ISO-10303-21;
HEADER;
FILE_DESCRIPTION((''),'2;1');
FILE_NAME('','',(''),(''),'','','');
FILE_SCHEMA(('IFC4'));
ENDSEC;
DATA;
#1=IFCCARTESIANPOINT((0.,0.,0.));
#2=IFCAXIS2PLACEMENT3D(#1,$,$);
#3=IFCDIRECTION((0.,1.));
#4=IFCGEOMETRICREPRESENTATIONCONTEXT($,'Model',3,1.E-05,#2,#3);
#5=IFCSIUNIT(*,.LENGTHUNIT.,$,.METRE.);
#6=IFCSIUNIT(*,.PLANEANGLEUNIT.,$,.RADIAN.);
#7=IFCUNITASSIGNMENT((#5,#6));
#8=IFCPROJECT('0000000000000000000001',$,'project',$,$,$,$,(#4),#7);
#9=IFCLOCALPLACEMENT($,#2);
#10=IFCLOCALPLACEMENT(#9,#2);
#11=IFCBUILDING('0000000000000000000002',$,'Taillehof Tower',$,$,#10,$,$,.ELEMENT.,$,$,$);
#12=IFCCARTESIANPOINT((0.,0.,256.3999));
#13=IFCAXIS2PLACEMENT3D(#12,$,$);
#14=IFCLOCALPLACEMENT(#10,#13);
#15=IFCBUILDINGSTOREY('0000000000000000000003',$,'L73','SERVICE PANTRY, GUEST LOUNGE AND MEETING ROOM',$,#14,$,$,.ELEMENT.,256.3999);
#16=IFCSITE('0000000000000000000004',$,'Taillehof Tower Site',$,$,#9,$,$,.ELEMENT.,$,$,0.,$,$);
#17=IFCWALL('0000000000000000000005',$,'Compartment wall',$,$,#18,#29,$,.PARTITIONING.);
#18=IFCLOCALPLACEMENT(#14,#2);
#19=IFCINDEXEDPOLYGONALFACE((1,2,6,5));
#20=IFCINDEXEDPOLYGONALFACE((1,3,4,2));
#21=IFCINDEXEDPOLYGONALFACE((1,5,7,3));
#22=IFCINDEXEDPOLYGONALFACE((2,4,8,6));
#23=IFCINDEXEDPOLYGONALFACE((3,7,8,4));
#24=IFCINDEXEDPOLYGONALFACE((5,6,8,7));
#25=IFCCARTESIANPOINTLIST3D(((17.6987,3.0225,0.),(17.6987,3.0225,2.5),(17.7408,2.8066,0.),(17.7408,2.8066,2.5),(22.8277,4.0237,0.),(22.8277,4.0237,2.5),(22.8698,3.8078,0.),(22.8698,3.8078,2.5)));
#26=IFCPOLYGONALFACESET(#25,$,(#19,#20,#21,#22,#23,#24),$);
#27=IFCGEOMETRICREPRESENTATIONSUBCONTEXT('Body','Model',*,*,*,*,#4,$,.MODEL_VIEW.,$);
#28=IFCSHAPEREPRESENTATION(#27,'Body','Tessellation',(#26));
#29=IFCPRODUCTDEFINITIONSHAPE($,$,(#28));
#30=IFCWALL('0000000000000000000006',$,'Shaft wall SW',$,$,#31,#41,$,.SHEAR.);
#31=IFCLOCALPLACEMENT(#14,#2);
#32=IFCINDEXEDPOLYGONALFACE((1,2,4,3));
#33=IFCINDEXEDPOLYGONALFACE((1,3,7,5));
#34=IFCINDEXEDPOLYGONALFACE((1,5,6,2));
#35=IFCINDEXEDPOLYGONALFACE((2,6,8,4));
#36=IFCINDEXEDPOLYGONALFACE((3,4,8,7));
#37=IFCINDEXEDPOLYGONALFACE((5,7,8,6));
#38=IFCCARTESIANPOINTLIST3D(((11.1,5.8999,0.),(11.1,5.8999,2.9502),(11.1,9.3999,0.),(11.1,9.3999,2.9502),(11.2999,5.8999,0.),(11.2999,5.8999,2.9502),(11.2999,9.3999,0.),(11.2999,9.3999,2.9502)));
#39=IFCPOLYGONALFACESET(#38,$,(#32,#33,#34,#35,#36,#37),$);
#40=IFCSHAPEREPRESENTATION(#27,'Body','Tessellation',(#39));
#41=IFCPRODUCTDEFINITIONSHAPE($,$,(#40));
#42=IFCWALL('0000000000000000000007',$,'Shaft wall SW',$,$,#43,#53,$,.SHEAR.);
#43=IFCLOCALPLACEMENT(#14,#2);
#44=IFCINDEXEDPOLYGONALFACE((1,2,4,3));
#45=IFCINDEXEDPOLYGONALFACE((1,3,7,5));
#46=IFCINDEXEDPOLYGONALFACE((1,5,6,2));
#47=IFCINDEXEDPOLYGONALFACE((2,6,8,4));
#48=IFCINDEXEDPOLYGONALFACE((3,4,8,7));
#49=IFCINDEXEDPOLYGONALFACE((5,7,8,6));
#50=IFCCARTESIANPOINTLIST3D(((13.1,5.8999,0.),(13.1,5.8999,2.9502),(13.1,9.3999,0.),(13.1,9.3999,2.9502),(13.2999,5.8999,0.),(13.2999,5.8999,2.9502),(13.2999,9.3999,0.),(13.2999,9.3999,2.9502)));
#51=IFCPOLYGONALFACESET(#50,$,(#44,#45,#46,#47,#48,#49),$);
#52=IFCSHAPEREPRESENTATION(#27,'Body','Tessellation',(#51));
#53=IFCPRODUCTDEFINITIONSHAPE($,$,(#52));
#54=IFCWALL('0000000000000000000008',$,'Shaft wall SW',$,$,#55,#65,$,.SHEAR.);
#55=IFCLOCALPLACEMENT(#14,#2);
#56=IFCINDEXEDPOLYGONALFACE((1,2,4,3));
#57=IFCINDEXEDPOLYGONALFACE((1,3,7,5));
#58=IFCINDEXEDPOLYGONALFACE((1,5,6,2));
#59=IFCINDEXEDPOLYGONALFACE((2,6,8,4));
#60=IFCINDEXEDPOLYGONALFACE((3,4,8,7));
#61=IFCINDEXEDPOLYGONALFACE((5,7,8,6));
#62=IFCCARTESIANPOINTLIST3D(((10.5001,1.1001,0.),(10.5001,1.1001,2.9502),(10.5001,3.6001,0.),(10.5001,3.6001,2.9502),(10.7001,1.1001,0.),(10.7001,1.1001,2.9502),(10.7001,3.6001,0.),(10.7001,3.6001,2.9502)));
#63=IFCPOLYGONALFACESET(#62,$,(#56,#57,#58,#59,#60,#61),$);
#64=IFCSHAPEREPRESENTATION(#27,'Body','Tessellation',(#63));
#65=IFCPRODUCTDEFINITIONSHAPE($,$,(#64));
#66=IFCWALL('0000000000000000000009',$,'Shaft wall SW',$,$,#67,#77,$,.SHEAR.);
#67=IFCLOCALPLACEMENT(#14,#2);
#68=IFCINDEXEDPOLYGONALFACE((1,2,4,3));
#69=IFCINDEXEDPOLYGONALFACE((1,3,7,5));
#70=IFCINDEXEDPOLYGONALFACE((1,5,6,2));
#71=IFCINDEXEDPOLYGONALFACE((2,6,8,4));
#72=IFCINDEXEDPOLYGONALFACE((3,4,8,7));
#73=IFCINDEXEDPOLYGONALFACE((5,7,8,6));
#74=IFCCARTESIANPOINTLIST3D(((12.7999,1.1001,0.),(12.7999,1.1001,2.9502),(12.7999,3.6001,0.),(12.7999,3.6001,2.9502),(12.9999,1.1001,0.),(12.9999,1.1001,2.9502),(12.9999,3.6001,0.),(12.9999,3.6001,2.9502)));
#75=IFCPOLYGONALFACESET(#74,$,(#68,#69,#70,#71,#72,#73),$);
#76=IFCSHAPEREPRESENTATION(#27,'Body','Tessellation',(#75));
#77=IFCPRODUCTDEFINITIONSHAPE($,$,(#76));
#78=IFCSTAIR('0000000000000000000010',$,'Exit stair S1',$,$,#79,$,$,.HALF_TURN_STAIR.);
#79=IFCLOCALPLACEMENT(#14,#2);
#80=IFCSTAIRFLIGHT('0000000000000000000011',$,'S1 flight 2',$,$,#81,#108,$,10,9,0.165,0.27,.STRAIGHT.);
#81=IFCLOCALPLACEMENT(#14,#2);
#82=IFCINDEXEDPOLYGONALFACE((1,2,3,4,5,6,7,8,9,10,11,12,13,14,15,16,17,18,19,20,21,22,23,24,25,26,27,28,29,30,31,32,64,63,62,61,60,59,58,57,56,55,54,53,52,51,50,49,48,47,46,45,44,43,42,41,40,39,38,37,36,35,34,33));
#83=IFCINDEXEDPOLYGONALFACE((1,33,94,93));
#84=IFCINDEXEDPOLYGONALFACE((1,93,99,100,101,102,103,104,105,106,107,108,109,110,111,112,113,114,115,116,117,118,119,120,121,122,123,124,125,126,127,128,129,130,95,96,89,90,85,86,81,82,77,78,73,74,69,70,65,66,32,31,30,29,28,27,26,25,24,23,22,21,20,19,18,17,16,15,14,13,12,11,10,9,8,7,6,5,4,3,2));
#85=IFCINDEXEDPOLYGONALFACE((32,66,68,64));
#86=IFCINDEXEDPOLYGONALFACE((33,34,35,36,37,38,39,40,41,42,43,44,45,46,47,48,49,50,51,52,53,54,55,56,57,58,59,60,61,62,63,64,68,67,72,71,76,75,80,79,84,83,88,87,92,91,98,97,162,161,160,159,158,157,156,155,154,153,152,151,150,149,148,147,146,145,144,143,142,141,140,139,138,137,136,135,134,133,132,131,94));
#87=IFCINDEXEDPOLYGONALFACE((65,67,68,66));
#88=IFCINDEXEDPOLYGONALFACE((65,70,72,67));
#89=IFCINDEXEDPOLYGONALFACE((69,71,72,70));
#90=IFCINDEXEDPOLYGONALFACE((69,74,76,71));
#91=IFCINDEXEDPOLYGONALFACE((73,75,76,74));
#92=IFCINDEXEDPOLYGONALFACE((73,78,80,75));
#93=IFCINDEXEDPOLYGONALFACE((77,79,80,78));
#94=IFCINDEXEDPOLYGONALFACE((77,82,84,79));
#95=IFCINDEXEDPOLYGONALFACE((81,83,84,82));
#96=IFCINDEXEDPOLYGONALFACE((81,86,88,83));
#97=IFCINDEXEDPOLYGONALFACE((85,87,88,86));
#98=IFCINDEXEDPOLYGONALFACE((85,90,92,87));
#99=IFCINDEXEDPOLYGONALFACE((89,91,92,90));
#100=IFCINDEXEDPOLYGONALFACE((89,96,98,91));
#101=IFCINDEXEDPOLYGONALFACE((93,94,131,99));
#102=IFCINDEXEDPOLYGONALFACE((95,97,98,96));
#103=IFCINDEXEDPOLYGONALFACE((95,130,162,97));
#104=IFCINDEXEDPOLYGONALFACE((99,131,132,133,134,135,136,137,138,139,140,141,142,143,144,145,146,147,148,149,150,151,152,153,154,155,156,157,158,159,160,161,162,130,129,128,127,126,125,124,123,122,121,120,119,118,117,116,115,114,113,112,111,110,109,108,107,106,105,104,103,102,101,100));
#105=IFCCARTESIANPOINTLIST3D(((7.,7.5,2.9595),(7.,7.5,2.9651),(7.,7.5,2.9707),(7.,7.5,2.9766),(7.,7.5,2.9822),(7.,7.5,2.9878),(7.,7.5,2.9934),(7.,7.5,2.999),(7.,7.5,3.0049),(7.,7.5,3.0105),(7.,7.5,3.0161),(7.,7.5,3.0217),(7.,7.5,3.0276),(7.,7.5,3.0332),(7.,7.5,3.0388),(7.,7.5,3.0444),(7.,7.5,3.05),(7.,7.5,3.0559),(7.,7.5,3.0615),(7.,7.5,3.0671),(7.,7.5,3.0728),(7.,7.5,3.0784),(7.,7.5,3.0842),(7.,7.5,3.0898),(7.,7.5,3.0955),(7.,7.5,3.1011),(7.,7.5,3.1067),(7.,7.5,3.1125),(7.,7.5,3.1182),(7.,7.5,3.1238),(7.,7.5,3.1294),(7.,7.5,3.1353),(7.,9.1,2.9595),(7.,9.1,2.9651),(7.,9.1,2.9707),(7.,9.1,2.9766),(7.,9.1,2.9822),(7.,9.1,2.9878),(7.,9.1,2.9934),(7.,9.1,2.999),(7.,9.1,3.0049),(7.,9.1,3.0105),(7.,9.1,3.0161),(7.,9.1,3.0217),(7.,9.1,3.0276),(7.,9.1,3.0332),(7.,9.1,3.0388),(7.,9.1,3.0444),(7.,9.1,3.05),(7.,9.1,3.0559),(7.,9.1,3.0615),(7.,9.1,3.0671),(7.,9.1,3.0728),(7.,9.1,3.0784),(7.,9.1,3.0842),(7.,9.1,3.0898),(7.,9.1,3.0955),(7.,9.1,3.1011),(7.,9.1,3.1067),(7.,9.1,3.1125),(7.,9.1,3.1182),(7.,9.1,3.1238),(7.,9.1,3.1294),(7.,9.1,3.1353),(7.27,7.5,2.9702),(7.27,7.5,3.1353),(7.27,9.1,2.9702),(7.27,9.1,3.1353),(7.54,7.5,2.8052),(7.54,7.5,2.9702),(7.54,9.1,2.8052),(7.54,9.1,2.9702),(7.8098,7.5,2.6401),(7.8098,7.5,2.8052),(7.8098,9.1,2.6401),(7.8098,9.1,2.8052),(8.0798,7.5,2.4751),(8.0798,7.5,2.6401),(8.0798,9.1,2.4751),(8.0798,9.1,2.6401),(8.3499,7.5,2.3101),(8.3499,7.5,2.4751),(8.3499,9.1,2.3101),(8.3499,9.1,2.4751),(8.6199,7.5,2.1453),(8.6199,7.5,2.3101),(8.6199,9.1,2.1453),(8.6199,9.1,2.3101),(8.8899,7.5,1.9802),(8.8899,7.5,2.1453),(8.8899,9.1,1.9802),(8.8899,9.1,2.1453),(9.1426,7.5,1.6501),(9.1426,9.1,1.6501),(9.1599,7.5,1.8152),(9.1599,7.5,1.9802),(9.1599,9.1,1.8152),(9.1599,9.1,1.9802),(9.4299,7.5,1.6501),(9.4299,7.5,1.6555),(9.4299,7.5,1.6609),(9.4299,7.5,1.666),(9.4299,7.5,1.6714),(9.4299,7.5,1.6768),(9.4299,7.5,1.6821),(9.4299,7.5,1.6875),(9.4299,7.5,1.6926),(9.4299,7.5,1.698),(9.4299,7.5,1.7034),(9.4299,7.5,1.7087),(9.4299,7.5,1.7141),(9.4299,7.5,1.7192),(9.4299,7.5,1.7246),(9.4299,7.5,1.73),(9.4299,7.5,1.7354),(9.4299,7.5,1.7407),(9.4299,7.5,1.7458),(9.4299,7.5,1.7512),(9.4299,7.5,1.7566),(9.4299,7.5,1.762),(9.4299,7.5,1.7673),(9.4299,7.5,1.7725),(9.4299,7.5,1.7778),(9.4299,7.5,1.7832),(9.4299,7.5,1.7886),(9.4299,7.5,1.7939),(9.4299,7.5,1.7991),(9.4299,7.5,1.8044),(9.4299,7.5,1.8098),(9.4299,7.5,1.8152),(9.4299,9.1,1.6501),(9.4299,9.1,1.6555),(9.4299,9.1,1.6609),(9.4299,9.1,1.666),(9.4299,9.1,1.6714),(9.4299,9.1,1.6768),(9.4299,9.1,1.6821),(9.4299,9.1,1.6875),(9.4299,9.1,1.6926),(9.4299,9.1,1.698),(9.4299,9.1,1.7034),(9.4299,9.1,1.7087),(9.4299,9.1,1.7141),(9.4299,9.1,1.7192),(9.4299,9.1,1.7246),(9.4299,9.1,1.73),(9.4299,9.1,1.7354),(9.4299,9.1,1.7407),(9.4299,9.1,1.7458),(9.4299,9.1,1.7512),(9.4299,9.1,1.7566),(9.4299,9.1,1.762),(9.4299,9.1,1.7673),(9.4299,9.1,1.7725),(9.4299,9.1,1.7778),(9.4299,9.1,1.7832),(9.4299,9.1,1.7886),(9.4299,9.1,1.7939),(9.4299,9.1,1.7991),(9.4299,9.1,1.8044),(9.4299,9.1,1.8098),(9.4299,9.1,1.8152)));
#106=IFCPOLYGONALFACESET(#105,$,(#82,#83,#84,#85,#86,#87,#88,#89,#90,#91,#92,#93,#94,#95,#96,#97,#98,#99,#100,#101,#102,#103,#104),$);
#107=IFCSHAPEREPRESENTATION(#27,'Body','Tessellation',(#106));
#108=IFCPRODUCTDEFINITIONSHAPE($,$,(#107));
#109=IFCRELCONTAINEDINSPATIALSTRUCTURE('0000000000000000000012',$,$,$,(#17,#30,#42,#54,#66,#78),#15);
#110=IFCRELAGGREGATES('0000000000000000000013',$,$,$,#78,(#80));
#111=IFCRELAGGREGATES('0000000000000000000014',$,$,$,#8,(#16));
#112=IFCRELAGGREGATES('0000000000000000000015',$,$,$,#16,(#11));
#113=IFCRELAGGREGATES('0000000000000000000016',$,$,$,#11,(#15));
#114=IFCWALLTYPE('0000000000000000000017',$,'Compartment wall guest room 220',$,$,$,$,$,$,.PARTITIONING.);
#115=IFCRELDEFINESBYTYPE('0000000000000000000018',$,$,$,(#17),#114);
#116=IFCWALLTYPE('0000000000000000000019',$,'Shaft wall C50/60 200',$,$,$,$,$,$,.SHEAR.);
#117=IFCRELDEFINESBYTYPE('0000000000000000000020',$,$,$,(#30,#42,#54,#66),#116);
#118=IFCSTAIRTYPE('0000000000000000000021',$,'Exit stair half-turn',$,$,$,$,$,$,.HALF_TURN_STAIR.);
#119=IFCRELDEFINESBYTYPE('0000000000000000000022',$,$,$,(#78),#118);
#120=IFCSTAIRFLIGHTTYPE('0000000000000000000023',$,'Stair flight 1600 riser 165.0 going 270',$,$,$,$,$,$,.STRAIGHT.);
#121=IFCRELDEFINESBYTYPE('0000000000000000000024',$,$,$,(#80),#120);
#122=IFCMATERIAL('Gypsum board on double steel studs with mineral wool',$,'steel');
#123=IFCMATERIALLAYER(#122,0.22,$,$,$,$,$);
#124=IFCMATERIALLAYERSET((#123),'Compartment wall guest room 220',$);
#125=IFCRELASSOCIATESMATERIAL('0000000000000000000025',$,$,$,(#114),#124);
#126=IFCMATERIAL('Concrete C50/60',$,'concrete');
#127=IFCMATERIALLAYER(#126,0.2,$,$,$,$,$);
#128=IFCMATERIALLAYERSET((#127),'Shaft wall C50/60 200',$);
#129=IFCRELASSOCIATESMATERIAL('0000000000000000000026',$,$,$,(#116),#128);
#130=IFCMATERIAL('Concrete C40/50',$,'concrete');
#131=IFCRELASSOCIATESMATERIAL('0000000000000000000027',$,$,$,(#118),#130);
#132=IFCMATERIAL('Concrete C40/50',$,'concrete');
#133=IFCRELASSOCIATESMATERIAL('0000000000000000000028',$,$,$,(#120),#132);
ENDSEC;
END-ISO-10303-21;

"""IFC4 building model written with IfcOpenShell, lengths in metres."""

from ifc_helpers import new_model, si_unit, direction, frame, frame_2d, origin, place, context, subcontext, project, spatial, polyline, rectangle, outline, extrude, material, layer, layer_set, type_object, element, aggregate, save


model = new_model("IFC4")

# Units and contexts
model_context = context("Model", 3, precision=1e-05, world=origin(), true_north=direction((0.0, 1.0)))
body_context = subcontext(model_context, "Body", "Model", "MODEL_VIEW")
ifc_project = project(units=[si_unit("LENGTHUNIT", "METRE"), si_unit("PLANEANGLEUNIT", "RADIAN")], contexts=[model_context])

# Site, building, storey
site_placement = place(None, origin())
site = spatial("IfcSite", under=ifc_project, at=site_placement, Name="Taillehof Tower Site", CompositionType="ELEMENT", RefElevation=0.0)
building_placement = place(site_placement, origin())
building = spatial("IfcBuilding", under=site, at=building_placement, Name="Taillehof Tower", CompositionType="ELEMENT")
storey_placement = place(building_placement, frame((0.0, 0.0, 256.3999)))
storey = spatial("IfcBuildingStorey", under=building, at=storey_placement, Name="L73", Description="SERVICE PANTRY, GUEST LOUNGE AND MEETING ROOM", CompositionType="ELEMENT", Elevation=256.3999)

# Walls
ifc_material_1 = material(Name="Gypsum board on double steel studs with mineral wool", Category="steel")
ifc_layer_1 = layer(ifc_material_1, 0.22)
ifc_layer_set_1 = layer_set([ifc_layer_1], Name="Compartment wall guest room 220")
wall_type_1 = type_object("IfcWallType", Name="Compartment wall guest room 220", PredefinedType="PARTITIONING", material=ifc_layer_set_1)
wall_1_placement = place(storey_placement, frame((22.8486, 3.9158, 0.0), z_axis=(0.0, 0.0, 1.0), x_axis=(-0.981474, -0.191595, 0.0)))
element("IfcWall", 1, at=wall_1_placement, inside=storey, type_object=wall_type_1, Name="Compartment wall", PredefinedType="PARTITIONING", context=body_context, shape_type="SweptSolid", body=[
    extrude(rectangle(XDim=5.2258, YDim=0.22, at=frame_2d((2.6128, 0.0))), origin(), (0.0, 0.0, 1.0), 2.5),
])
ifc_material_2 = material(Name="Concrete C50/60", Category="concrete")
ifc_layer_2 = layer(ifc_material_2, 0.2)
ifc_layer_set_2 = layer_set([ifc_layer_2], Name="Shaft wall C50/60 200")
wall_type_2 = type_object("IfcWallType", Name="Shaft wall C50/60 200", PredefinedType="SHEAR", material=ifc_layer_set_2)
for number, where, z_axis, x_axis, name in (
    (2, (11.2, 5.8999, 0.0), (0.0, 0.0, 1.0), (0.0, 1.0, 0.0), "Shaft wall SW"),
    (3, (13.2, 5.8999, 0.0), (0.0, 0.0, 1.0), (0.0, 1.0, 0.0), "Shaft wall SW"),
):
    element("IfcWall", number, at=place(storey_placement, frame(where, z_axis=z_axis, x_axis=x_axis)), inside=storey, type_object=wall_type_2, Name=name, PredefinedType="SHEAR", context=body_context, shape_type="SweptSolid", body=[
        extrude(rectangle(XDim=3.5, YDim=0.2, at=frame_2d((1.75, 0.0))), origin(), (0.0, 0.0, 1.0), 2.9502),
    ])
for number, where, z_axis, x_axis, name in (
    (4, (10.6001, 1.1001, 0.0), (0.0, 0.0, 1.0), (0.0, 1.0, 0.0), "Shaft wall SW"),
    (5, (12.8999, 1.1001, 0.0), (0.0, 0.0, 1.0), (0.0, 1.0, 0.0), "Shaft wall SW"),
):
    element("IfcWall", number, at=place(storey_placement, frame(where, z_axis=z_axis, x_axis=x_axis)), inside=storey, type_object=wall_type_2, Name=name, PredefinedType="SHEAR", context=body_context, shape_type="SweptSolid", body=[
        extrude(rectangle(XDim=2.5, YDim=0.2, at=frame_2d((1.25, 0.0))), origin(), (0.0, 0.0, 1.0), 2.9502),
    ])

# Stair, stair flight
ifc_material_3 = material(Name="Concrete C40/50", Category="concrete")
stair_type = type_object("IfcStairType", Name="Exit stair half-turn", PredefinedType="HALF_TURN_STAIR", material=ifc_material_3)
stair_placement = place(storey_placement, origin())
stair = element("IfcStair", 6, at=stair_placement, inside=storey, type_object=stair_type, Name="Exit stair S1", PredefinedType="HALF_TURN_STAIR")
ifc_material_4 = material(Name="Concrete C40/50", Category="concrete")
stair_flight_type = type_object("IfcStairFlightType", Name="Stair flight 1600 riser 165.0 going 270", PredefinedType="STRAIGHT", material=ifc_material_4)
stair_flight_placement = place(storey_placement, frame((9.4299, 8.3, 1.6501), z_axis=(0.0, 0.0, 1.0), x_axis=(-1.0, 0.0, 0.0)))
stair_flight = element("IfcStairFlight", 7, at=stair_flight_placement, type_object=stair_flight_type, Name="S1 flight 2", NumberOfRisers=10, NumberOfTreads=9, PredefinedType="STRAIGHT", RiserHeight=0.165, TreadLength=0.27, context=body_context, shape_type="SweptSolid", body=[
    extrude(outline(polyline([(0.0, 0.0), (0.0, 0.0054), (0.0, 0.0107), (0.0, 0.0159), (0.0, 0.0212), (0.0, 0.0266), (0.0, 0.032), (0.0, 0.0374), (0.0, 0.0425), (0.0, 0.0479), (0.0, 0.0532), (0.0, 0.0586), (0.0, 0.064), (0.0, 0.0691), (0.0, 0.0745), (0.0, 0.0798), (0.0, 0.0852), (0.0, 0.0906), (0.0, 0.0957), (0.0, 0.1011), (0.0, 0.1064), (0.0, 0.1118), (0.0, 0.1172), (0.0, 0.1223), (0.0, 0.1277), (0.0, 0.1331), (0.0, 0.1384), (0.0, 0.1438), (0.0, 0.1489), (0.0, 0.1543), (0.0, 0.1597), (0.0, 0.165), (0.27, 0.165), (0.27, 0.3301), (0.54, 0.3301), (0.54, 0.4951), (0.8101, 0.4951), (0.8101, 0.6599), (1.0801, 0.6599), (1.0801, 0.825), (1.3501, 0.825), (1.3501, 0.99), (1.6201, 0.99), (1.6201, 1.155), (1.8899, 1.155), (1.8899, 1.3201), (2.1599, 1.3201), (2.1599, 1.4851), (2.4299, 1.4851), (2.4299, 1.4792), (2.4299, 1.4736), (2.4299, 1.468), (2.4299, 1.4624), (2.4299, 1.4565), (2.4299, 1.4509), (2.4299, 1.4453), (2.4299, 1.4397), (2.4299, 1.4341), (2.4299, 1.4282), (2.4299, 1.4226), (2.4299, 1.417), (2.4299, 1.4114), (2.4299, 1.4058), (2.4299, 1.3999), (2.4299, 1.3943), (2.4299, 1.3887), (2.4299, 1.3831), (2.4299, 1.3774), (2.4299, 1.3716), (2.4299, 1.366), (2.4299, 1.3604), (2.4299, 1.3547), (2.4299, 1.3489), (2.4299, 1.3433), (2.4299, 1.3376), (2.4299, 1.332), (2.4299, 1.3264), (2.4299, 1.3206), (2.4299, 1.3149), (2.4299, 1.3093), (0.2874, 0.0), (0.0, 0.0)])), frame((0.0, 0.8, 0.0), z_axis=(0.0, -1.0, 0.0), x_axis=(1.0, 0.0, 0.0)), (0.0, 0.0, 1.0), 1.6),
])
aggregate(stair, [stair_flight])

save(model, "model.ifc")
